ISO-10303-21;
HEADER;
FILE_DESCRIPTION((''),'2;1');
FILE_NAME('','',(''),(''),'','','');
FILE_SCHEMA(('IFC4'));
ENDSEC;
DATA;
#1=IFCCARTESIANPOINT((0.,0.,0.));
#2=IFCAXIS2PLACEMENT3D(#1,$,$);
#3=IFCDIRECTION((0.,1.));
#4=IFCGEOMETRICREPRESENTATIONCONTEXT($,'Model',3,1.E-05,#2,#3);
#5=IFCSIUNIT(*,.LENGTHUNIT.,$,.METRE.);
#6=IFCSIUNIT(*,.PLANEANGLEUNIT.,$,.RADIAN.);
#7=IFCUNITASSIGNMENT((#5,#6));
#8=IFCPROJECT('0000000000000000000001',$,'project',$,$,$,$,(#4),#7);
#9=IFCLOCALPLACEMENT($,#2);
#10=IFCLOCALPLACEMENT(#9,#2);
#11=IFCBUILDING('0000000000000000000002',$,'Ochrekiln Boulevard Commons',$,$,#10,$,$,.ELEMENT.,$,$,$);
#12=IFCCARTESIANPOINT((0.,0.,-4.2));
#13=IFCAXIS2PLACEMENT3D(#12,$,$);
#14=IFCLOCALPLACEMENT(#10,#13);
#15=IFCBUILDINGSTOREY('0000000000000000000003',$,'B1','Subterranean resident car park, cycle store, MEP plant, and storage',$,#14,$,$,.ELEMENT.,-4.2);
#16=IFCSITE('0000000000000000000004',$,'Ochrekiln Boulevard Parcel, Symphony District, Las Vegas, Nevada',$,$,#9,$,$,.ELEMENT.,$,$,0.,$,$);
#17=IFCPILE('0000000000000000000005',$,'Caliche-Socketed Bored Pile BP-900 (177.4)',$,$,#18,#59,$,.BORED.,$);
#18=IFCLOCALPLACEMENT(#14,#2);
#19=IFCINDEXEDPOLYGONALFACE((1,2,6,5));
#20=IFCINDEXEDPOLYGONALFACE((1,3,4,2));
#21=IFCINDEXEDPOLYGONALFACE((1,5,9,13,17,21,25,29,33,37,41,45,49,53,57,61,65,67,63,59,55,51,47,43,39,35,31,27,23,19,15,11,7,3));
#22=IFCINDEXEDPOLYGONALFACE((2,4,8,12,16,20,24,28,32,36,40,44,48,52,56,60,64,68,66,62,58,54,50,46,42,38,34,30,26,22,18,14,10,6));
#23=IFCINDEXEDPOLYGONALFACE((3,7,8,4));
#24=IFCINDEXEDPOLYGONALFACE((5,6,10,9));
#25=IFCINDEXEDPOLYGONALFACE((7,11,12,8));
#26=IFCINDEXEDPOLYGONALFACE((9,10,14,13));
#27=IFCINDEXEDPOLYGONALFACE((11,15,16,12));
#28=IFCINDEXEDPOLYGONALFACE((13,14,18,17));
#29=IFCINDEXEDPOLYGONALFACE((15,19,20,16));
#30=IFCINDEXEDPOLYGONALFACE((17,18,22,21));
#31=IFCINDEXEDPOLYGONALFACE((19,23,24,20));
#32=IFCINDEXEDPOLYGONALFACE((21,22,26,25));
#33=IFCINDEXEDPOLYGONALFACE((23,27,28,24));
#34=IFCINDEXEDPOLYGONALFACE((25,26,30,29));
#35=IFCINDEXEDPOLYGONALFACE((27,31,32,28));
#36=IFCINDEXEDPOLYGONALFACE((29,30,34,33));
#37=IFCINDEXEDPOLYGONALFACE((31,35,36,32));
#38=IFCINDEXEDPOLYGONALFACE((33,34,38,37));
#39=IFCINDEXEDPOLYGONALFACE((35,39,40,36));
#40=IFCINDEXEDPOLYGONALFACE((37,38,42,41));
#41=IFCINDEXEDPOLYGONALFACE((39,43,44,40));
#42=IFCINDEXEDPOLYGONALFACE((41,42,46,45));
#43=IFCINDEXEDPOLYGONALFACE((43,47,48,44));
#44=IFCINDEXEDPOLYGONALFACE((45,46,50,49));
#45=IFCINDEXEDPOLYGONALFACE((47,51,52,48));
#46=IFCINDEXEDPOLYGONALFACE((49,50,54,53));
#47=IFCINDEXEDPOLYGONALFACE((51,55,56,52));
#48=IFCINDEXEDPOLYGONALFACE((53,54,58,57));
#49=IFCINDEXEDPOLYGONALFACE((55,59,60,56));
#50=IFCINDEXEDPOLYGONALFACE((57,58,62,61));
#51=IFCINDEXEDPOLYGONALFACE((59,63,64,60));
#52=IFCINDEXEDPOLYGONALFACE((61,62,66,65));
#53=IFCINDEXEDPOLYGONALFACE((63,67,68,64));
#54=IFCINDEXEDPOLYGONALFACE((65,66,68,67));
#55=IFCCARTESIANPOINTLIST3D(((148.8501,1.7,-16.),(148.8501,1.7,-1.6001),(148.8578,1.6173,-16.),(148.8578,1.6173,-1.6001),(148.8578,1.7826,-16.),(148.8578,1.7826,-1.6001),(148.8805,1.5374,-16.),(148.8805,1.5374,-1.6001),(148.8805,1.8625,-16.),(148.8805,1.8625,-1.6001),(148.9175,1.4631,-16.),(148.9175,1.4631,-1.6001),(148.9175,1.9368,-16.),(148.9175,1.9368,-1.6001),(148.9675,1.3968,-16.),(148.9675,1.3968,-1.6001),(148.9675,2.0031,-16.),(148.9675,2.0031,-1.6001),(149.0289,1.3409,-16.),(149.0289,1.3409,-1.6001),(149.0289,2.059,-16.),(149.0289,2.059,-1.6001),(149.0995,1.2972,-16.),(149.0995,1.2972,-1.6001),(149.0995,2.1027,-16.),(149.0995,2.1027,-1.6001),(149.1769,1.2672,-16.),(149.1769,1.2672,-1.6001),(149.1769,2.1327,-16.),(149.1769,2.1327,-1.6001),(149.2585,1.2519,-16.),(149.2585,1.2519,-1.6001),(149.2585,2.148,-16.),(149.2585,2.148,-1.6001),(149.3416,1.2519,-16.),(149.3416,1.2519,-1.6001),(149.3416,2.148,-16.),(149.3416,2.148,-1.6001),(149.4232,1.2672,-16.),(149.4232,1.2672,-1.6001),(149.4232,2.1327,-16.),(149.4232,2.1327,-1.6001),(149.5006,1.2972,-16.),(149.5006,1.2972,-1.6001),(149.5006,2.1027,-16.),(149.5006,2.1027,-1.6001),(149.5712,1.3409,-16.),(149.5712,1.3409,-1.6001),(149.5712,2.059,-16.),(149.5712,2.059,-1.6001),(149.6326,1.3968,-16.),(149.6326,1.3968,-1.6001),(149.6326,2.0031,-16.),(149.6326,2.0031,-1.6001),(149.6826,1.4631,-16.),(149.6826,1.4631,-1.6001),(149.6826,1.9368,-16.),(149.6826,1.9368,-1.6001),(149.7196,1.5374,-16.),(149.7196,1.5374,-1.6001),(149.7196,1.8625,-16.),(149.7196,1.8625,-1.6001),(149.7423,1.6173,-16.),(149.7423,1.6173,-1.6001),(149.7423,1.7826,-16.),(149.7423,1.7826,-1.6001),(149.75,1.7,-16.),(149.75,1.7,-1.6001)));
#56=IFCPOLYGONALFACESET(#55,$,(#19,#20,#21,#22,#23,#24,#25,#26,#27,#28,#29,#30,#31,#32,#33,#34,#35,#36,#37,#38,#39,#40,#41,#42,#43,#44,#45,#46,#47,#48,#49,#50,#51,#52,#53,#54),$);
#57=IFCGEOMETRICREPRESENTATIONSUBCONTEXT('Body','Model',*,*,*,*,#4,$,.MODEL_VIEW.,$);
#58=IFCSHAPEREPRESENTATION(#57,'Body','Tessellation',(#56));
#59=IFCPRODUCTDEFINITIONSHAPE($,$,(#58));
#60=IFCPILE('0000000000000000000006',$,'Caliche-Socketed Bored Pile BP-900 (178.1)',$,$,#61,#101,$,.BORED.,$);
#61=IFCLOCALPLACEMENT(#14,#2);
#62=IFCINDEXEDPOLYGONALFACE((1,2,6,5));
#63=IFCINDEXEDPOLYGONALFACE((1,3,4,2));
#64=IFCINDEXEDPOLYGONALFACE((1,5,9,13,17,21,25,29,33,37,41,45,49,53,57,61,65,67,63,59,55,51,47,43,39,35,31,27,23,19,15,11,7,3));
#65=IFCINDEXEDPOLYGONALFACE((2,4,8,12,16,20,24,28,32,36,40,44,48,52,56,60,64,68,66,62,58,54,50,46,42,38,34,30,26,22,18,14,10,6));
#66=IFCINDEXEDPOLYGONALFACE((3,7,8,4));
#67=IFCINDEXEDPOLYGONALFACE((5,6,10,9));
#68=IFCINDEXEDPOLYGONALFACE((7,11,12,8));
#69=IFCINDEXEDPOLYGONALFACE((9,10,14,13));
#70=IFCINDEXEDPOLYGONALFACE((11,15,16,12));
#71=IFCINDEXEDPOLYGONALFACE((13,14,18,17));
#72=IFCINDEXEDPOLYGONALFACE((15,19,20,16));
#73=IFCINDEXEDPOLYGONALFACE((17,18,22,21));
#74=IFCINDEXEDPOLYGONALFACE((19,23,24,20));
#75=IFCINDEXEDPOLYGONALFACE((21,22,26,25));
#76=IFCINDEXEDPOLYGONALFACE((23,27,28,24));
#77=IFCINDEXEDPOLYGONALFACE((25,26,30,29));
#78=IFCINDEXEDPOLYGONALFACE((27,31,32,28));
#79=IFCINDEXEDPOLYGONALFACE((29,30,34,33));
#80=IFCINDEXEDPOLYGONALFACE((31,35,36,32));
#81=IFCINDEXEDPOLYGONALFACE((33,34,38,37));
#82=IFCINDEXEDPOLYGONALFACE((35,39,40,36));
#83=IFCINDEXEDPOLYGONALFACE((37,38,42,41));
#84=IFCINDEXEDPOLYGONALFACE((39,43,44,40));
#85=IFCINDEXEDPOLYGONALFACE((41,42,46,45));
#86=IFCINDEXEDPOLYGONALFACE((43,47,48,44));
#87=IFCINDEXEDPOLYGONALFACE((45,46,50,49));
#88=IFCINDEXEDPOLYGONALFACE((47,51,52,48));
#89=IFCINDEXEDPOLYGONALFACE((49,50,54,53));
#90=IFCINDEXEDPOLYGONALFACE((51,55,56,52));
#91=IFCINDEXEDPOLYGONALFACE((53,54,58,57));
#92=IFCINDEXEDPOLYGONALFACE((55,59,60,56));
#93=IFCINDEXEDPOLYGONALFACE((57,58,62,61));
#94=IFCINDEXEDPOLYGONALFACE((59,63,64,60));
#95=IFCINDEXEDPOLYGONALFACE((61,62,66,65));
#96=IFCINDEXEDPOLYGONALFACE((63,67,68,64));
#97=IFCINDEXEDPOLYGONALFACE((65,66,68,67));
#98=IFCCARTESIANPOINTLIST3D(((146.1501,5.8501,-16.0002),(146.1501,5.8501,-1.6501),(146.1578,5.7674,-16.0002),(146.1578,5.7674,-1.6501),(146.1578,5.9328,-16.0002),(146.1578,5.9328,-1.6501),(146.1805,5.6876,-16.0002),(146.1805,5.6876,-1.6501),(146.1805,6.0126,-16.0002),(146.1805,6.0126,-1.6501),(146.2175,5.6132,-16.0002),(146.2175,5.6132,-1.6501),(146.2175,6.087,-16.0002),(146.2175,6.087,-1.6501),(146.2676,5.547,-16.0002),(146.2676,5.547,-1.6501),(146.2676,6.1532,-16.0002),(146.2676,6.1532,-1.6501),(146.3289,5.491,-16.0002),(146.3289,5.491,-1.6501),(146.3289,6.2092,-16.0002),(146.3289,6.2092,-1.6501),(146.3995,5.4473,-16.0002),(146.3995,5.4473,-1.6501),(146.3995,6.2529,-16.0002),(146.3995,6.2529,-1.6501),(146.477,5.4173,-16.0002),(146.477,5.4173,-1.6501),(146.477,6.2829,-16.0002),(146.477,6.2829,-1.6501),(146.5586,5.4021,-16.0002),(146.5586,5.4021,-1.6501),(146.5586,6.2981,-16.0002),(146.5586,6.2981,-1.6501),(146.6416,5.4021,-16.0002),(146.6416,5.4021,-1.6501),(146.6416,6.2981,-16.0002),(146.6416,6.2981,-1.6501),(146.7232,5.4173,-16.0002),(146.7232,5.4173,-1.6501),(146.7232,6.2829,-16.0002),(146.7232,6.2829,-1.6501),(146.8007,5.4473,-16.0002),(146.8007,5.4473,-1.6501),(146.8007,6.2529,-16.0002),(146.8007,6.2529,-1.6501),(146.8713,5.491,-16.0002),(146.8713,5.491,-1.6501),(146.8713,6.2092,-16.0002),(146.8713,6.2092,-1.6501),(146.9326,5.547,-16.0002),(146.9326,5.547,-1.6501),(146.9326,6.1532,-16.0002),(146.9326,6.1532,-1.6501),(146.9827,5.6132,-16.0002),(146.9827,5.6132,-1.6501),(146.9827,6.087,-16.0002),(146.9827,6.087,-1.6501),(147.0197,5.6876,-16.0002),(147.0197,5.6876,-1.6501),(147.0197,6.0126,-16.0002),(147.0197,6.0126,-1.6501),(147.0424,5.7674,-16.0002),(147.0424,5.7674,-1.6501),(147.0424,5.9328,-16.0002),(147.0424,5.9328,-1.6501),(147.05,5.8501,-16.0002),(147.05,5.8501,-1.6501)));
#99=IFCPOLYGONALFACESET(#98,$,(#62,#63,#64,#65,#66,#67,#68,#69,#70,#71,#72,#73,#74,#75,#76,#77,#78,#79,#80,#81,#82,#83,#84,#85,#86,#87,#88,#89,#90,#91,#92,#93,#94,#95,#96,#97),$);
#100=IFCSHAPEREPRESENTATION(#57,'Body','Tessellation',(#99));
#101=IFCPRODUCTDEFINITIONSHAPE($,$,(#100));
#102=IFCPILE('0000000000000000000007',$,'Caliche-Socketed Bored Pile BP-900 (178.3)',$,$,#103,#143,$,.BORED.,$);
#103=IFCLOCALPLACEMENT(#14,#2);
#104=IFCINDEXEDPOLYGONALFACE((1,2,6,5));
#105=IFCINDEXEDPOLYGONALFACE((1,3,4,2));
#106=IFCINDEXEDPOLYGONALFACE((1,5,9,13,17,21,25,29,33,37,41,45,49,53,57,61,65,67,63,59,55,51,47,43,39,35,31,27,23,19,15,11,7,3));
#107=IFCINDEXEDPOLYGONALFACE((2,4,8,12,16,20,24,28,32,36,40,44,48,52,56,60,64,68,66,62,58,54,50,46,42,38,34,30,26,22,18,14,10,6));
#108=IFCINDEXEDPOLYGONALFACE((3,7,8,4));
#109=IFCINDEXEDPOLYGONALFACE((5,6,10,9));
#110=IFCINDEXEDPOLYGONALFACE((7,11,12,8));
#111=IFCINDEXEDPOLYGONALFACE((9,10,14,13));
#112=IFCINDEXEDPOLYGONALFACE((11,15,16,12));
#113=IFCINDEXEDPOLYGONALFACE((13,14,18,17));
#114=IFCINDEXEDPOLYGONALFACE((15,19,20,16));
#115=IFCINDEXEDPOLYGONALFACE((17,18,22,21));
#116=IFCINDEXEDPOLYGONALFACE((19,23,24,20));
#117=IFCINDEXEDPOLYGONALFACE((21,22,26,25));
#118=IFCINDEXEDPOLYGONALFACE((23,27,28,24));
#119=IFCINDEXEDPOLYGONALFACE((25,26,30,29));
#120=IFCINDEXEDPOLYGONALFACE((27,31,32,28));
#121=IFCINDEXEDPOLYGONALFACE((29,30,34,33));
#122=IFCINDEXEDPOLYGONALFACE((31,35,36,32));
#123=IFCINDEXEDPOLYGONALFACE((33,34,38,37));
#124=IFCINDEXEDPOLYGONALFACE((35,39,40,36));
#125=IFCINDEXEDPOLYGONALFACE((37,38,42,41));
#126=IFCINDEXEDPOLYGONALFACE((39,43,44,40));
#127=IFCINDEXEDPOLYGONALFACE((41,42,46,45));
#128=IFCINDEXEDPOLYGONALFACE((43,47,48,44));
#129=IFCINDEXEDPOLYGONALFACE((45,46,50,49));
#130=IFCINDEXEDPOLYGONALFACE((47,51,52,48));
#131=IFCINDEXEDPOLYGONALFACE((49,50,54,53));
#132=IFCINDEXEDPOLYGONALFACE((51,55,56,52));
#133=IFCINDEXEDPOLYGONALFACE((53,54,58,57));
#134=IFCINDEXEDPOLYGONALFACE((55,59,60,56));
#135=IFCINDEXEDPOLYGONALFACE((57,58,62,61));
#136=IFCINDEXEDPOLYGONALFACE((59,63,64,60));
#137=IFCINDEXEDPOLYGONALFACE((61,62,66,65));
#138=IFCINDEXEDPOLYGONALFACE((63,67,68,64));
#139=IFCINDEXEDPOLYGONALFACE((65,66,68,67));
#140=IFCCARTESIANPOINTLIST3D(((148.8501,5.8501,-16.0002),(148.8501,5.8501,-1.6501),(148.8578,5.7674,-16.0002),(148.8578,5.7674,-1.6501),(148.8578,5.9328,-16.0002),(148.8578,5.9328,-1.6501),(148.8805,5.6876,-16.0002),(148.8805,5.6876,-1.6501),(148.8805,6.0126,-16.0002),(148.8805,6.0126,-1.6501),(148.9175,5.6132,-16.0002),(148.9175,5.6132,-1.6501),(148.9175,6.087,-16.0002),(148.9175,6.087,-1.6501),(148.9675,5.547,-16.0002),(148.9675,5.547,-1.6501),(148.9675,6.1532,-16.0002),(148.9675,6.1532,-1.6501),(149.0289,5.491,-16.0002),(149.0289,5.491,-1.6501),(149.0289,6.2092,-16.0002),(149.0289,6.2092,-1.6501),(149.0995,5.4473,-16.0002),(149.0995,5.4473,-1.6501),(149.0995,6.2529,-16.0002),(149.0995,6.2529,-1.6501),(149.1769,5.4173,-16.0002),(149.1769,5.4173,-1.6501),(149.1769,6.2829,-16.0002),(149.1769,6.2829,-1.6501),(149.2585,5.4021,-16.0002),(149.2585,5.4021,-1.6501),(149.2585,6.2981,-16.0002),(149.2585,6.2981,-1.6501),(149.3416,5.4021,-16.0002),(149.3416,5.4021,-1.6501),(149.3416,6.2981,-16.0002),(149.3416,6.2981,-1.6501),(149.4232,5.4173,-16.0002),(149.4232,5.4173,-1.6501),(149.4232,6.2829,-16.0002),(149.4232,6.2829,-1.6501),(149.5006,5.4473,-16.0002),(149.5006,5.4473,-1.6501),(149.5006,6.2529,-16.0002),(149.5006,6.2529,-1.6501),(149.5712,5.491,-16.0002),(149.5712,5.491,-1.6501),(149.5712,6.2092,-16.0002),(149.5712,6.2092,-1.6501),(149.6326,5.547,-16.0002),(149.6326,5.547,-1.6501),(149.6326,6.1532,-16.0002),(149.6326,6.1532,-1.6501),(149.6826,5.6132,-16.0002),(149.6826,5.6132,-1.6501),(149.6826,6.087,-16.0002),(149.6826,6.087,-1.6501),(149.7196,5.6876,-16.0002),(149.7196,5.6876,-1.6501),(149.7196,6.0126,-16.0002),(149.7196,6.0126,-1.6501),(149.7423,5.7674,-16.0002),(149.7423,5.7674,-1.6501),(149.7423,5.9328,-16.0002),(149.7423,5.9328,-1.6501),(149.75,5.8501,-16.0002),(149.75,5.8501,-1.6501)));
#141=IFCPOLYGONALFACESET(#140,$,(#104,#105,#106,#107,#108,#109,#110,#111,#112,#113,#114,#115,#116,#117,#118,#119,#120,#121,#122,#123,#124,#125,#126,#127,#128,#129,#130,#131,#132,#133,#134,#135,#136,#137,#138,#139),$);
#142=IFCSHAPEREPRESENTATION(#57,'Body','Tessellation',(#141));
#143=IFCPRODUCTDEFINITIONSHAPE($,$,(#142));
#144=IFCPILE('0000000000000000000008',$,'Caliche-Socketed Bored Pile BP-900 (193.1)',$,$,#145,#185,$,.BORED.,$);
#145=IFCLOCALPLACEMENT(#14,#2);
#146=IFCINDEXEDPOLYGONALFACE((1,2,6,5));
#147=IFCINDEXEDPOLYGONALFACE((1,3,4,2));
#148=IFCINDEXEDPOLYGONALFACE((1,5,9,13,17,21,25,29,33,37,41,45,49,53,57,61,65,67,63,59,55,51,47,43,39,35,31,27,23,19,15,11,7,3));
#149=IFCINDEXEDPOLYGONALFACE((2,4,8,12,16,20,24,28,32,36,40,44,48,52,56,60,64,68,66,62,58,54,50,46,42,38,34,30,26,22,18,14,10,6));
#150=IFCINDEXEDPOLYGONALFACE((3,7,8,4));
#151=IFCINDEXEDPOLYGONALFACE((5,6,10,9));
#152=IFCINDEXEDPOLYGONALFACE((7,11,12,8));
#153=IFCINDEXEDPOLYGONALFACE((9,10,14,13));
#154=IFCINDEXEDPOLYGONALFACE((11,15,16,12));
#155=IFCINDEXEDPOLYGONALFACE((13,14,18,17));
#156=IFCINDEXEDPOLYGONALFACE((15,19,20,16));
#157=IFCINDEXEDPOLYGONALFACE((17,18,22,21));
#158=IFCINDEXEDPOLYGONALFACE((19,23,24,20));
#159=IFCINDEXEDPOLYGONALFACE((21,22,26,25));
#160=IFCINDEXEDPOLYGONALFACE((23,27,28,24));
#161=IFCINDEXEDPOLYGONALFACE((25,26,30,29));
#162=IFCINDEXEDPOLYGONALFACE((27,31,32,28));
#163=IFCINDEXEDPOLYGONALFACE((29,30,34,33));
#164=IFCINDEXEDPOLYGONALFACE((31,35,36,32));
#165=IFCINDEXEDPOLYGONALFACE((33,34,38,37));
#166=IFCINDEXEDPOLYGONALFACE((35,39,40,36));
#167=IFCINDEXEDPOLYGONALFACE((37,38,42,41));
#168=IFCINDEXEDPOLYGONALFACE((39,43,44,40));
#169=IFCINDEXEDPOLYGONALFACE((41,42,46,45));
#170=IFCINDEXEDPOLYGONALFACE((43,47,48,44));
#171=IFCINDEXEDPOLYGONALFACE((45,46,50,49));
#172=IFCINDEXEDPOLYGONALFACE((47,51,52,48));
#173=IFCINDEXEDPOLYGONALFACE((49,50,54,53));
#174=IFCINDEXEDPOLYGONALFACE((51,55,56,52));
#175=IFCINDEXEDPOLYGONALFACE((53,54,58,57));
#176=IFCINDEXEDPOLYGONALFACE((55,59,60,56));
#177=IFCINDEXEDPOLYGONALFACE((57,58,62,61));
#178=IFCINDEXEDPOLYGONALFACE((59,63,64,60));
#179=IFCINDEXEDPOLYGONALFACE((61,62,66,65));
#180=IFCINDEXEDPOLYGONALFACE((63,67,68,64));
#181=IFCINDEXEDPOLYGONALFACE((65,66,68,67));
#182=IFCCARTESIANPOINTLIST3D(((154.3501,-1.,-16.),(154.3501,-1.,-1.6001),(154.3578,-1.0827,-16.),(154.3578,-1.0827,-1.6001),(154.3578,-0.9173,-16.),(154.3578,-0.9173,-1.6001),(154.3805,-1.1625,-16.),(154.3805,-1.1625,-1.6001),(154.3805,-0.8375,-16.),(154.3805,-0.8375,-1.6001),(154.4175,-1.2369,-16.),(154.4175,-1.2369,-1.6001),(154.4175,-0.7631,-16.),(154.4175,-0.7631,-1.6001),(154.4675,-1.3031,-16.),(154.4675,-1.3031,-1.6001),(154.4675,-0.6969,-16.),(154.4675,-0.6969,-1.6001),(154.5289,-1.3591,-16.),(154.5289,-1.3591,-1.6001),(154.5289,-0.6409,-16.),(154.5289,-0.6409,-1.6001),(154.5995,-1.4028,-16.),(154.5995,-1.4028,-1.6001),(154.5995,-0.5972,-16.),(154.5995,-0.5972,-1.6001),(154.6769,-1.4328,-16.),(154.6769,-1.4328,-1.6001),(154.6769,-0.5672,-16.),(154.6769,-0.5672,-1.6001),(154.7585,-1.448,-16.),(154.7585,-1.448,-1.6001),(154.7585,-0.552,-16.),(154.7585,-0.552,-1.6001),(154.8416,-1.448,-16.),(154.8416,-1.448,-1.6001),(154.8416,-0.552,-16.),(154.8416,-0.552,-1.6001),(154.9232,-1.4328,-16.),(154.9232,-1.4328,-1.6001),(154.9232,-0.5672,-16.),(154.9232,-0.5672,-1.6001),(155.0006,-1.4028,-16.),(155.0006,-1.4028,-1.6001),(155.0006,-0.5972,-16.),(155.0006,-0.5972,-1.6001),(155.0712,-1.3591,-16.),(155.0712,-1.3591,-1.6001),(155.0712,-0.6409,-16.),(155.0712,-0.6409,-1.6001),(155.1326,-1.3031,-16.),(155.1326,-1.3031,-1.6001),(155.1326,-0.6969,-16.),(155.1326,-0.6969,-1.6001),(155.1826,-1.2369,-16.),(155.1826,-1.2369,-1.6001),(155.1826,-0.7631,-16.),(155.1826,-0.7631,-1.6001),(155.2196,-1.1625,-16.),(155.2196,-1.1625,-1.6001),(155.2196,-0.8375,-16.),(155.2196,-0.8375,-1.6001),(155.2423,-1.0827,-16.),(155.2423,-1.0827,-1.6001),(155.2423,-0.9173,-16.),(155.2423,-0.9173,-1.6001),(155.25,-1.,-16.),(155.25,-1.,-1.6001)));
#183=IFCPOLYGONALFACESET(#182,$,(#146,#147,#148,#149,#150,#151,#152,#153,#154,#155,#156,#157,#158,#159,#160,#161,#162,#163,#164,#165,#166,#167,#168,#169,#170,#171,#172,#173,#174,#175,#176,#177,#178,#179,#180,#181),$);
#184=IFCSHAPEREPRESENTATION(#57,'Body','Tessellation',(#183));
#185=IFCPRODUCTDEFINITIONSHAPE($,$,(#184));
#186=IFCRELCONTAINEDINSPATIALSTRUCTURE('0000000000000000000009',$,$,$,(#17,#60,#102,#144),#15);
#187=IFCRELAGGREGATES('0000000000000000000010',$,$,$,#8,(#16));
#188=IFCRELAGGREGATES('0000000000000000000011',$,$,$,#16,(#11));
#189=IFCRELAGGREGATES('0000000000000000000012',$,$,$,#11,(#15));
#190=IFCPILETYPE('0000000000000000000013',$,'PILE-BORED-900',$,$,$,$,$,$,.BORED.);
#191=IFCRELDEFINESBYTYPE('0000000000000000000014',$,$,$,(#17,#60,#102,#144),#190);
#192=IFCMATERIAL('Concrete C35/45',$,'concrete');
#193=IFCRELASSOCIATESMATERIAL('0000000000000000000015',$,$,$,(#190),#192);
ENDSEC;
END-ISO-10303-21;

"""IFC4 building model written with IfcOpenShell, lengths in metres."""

from ifc_helpers import new_model, si_unit, direction, frame, origin, origin_2d, place, context, subcontext, project, spatial, circle, extrude, material, material_profile, profile_set, type_object, element, save


model = new_model("IFC4")

# Units and contexts
model_context = context("Model", 3, precision=1e-05, world=origin(), true_north=direction((0.0, 1.0)))
body_context = subcontext(model_context, "Body", "Model", "MODEL_VIEW")
ifc_project = project(units=[si_unit("LENGTHUNIT", "METRE"), si_unit("PLANEANGLEUNIT", "RADIAN")], contexts=[model_context])

# Site, building, storey
site_placement = place(None, origin())
site = spatial("IfcSite", under=ifc_project, at=site_placement, Name="Ochrekiln Boulevard Parcel, Symphony District, Las Vegas, Nevada", CompositionType="ELEMENT", RefElevation=0.0)
building_placement = place(site_placement, origin())
building = spatial("IfcBuilding", under=site, at=building_placement, Name="Ochrekiln Boulevard Commons", CompositionType="ELEMENT")
storey_placement = place(building_placement, frame((0.0, 0.0, -4.2)))
storey = spatial("IfcBuildingStorey", under=building, at=storey_placement, Name="B1", Description="Subterranean resident car park, cycle store, MEP plant, and storage", CompositionType="ELEMENT", Elevation=-4.2)

# Shared definitions
ifc_material_1 = material(Name="Concrete C35/45", Category="concrete")

# Piles
ifc_material_profile_1 = material_profile(ifc_material_1, circle(Radius=0.45, at=origin_2d()), Name="PILE-D900")
ifc_profile_set_1 = profile_set([ifc_material_profile_1], Name="Concrete C35/45")
pile_type = type_object("IfcPileType", Name="PILE-BORED-900", PredefinedType="BORED", material=ifc_profile_set_1)
for number, where, z_axis, x_axis, name in (
    (1, (149.3, 1.7, -1.6001), (0.0, 0.0, -1.0), (1.0, 0.0, 0.0), "Caliche-Socketed Bored Pile BP-900 (177.4)"),
):
    element("IfcPile", number, at=place(storey_placement, frame(where, z_axis=z_axis, x_axis=x_axis)), inside=storey, type_object=pile_type, Name=name, PredefinedType="BORED", context=body_context, shape_type="SweptSolid", body=[
        extrude(circle(Radius=0.45, at=origin_2d()), origin(), (0.0, 0.0, 1.0), 14.3999),
    ])
for number, where, z_axis, x_axis, name in (
    (2, (146.6001, 5.8501, -1.6501), (0.0, 0.0, -1.0), (1.0, 0.0, 0.0), "Caliche-Socketed Bored Pile BP-900 (178.1)"),
    (3, (149.3, 5.8501, -1.6501), (0.0, 0.0, -1.0), (1.0, 0.0, 0.0), "Caliche-Socketed Bored Pile BP-900 (178.3)"),
):
    element("IfcPile", number, at=place(storey_placement, frame(where, z_axis=z_axis, x_axis=x_axis)), inside=storey, type_object=pile_type, Name=name, PredefinedType="BORED", context=body_context, shape_type="SweptSolid", body=[
        extrude(circle(Radius=0.45, at=origin_2d()), origin(), (0.0, 0.0, 1.0), 14.3501),
    ])
for number, where, z_axis, x_axis, name in (
    (4, (154.8, -1.0, -1.6001), (0.0, 0.0, -1.0), (1.0, 0.0, 0.0), "Caliche-Socketed Bored Pile BP-900 (193.1)"),
):
    element("IfcPile", number, at=place(storey_placement, frame(where, z_axis=z_axis, x_axis=x_axis)), inside=storey, type_object=pile_type, Name=name, PredefinedType="BORED", context=body_context, shape_type="SweptSolid", body=[
        extrude(circle(Radius=0.45, at=origin_2d()), origin(), (0.0, 0.0, 1.0), 14.3999),
    ])

save(model, "model.ifc")
